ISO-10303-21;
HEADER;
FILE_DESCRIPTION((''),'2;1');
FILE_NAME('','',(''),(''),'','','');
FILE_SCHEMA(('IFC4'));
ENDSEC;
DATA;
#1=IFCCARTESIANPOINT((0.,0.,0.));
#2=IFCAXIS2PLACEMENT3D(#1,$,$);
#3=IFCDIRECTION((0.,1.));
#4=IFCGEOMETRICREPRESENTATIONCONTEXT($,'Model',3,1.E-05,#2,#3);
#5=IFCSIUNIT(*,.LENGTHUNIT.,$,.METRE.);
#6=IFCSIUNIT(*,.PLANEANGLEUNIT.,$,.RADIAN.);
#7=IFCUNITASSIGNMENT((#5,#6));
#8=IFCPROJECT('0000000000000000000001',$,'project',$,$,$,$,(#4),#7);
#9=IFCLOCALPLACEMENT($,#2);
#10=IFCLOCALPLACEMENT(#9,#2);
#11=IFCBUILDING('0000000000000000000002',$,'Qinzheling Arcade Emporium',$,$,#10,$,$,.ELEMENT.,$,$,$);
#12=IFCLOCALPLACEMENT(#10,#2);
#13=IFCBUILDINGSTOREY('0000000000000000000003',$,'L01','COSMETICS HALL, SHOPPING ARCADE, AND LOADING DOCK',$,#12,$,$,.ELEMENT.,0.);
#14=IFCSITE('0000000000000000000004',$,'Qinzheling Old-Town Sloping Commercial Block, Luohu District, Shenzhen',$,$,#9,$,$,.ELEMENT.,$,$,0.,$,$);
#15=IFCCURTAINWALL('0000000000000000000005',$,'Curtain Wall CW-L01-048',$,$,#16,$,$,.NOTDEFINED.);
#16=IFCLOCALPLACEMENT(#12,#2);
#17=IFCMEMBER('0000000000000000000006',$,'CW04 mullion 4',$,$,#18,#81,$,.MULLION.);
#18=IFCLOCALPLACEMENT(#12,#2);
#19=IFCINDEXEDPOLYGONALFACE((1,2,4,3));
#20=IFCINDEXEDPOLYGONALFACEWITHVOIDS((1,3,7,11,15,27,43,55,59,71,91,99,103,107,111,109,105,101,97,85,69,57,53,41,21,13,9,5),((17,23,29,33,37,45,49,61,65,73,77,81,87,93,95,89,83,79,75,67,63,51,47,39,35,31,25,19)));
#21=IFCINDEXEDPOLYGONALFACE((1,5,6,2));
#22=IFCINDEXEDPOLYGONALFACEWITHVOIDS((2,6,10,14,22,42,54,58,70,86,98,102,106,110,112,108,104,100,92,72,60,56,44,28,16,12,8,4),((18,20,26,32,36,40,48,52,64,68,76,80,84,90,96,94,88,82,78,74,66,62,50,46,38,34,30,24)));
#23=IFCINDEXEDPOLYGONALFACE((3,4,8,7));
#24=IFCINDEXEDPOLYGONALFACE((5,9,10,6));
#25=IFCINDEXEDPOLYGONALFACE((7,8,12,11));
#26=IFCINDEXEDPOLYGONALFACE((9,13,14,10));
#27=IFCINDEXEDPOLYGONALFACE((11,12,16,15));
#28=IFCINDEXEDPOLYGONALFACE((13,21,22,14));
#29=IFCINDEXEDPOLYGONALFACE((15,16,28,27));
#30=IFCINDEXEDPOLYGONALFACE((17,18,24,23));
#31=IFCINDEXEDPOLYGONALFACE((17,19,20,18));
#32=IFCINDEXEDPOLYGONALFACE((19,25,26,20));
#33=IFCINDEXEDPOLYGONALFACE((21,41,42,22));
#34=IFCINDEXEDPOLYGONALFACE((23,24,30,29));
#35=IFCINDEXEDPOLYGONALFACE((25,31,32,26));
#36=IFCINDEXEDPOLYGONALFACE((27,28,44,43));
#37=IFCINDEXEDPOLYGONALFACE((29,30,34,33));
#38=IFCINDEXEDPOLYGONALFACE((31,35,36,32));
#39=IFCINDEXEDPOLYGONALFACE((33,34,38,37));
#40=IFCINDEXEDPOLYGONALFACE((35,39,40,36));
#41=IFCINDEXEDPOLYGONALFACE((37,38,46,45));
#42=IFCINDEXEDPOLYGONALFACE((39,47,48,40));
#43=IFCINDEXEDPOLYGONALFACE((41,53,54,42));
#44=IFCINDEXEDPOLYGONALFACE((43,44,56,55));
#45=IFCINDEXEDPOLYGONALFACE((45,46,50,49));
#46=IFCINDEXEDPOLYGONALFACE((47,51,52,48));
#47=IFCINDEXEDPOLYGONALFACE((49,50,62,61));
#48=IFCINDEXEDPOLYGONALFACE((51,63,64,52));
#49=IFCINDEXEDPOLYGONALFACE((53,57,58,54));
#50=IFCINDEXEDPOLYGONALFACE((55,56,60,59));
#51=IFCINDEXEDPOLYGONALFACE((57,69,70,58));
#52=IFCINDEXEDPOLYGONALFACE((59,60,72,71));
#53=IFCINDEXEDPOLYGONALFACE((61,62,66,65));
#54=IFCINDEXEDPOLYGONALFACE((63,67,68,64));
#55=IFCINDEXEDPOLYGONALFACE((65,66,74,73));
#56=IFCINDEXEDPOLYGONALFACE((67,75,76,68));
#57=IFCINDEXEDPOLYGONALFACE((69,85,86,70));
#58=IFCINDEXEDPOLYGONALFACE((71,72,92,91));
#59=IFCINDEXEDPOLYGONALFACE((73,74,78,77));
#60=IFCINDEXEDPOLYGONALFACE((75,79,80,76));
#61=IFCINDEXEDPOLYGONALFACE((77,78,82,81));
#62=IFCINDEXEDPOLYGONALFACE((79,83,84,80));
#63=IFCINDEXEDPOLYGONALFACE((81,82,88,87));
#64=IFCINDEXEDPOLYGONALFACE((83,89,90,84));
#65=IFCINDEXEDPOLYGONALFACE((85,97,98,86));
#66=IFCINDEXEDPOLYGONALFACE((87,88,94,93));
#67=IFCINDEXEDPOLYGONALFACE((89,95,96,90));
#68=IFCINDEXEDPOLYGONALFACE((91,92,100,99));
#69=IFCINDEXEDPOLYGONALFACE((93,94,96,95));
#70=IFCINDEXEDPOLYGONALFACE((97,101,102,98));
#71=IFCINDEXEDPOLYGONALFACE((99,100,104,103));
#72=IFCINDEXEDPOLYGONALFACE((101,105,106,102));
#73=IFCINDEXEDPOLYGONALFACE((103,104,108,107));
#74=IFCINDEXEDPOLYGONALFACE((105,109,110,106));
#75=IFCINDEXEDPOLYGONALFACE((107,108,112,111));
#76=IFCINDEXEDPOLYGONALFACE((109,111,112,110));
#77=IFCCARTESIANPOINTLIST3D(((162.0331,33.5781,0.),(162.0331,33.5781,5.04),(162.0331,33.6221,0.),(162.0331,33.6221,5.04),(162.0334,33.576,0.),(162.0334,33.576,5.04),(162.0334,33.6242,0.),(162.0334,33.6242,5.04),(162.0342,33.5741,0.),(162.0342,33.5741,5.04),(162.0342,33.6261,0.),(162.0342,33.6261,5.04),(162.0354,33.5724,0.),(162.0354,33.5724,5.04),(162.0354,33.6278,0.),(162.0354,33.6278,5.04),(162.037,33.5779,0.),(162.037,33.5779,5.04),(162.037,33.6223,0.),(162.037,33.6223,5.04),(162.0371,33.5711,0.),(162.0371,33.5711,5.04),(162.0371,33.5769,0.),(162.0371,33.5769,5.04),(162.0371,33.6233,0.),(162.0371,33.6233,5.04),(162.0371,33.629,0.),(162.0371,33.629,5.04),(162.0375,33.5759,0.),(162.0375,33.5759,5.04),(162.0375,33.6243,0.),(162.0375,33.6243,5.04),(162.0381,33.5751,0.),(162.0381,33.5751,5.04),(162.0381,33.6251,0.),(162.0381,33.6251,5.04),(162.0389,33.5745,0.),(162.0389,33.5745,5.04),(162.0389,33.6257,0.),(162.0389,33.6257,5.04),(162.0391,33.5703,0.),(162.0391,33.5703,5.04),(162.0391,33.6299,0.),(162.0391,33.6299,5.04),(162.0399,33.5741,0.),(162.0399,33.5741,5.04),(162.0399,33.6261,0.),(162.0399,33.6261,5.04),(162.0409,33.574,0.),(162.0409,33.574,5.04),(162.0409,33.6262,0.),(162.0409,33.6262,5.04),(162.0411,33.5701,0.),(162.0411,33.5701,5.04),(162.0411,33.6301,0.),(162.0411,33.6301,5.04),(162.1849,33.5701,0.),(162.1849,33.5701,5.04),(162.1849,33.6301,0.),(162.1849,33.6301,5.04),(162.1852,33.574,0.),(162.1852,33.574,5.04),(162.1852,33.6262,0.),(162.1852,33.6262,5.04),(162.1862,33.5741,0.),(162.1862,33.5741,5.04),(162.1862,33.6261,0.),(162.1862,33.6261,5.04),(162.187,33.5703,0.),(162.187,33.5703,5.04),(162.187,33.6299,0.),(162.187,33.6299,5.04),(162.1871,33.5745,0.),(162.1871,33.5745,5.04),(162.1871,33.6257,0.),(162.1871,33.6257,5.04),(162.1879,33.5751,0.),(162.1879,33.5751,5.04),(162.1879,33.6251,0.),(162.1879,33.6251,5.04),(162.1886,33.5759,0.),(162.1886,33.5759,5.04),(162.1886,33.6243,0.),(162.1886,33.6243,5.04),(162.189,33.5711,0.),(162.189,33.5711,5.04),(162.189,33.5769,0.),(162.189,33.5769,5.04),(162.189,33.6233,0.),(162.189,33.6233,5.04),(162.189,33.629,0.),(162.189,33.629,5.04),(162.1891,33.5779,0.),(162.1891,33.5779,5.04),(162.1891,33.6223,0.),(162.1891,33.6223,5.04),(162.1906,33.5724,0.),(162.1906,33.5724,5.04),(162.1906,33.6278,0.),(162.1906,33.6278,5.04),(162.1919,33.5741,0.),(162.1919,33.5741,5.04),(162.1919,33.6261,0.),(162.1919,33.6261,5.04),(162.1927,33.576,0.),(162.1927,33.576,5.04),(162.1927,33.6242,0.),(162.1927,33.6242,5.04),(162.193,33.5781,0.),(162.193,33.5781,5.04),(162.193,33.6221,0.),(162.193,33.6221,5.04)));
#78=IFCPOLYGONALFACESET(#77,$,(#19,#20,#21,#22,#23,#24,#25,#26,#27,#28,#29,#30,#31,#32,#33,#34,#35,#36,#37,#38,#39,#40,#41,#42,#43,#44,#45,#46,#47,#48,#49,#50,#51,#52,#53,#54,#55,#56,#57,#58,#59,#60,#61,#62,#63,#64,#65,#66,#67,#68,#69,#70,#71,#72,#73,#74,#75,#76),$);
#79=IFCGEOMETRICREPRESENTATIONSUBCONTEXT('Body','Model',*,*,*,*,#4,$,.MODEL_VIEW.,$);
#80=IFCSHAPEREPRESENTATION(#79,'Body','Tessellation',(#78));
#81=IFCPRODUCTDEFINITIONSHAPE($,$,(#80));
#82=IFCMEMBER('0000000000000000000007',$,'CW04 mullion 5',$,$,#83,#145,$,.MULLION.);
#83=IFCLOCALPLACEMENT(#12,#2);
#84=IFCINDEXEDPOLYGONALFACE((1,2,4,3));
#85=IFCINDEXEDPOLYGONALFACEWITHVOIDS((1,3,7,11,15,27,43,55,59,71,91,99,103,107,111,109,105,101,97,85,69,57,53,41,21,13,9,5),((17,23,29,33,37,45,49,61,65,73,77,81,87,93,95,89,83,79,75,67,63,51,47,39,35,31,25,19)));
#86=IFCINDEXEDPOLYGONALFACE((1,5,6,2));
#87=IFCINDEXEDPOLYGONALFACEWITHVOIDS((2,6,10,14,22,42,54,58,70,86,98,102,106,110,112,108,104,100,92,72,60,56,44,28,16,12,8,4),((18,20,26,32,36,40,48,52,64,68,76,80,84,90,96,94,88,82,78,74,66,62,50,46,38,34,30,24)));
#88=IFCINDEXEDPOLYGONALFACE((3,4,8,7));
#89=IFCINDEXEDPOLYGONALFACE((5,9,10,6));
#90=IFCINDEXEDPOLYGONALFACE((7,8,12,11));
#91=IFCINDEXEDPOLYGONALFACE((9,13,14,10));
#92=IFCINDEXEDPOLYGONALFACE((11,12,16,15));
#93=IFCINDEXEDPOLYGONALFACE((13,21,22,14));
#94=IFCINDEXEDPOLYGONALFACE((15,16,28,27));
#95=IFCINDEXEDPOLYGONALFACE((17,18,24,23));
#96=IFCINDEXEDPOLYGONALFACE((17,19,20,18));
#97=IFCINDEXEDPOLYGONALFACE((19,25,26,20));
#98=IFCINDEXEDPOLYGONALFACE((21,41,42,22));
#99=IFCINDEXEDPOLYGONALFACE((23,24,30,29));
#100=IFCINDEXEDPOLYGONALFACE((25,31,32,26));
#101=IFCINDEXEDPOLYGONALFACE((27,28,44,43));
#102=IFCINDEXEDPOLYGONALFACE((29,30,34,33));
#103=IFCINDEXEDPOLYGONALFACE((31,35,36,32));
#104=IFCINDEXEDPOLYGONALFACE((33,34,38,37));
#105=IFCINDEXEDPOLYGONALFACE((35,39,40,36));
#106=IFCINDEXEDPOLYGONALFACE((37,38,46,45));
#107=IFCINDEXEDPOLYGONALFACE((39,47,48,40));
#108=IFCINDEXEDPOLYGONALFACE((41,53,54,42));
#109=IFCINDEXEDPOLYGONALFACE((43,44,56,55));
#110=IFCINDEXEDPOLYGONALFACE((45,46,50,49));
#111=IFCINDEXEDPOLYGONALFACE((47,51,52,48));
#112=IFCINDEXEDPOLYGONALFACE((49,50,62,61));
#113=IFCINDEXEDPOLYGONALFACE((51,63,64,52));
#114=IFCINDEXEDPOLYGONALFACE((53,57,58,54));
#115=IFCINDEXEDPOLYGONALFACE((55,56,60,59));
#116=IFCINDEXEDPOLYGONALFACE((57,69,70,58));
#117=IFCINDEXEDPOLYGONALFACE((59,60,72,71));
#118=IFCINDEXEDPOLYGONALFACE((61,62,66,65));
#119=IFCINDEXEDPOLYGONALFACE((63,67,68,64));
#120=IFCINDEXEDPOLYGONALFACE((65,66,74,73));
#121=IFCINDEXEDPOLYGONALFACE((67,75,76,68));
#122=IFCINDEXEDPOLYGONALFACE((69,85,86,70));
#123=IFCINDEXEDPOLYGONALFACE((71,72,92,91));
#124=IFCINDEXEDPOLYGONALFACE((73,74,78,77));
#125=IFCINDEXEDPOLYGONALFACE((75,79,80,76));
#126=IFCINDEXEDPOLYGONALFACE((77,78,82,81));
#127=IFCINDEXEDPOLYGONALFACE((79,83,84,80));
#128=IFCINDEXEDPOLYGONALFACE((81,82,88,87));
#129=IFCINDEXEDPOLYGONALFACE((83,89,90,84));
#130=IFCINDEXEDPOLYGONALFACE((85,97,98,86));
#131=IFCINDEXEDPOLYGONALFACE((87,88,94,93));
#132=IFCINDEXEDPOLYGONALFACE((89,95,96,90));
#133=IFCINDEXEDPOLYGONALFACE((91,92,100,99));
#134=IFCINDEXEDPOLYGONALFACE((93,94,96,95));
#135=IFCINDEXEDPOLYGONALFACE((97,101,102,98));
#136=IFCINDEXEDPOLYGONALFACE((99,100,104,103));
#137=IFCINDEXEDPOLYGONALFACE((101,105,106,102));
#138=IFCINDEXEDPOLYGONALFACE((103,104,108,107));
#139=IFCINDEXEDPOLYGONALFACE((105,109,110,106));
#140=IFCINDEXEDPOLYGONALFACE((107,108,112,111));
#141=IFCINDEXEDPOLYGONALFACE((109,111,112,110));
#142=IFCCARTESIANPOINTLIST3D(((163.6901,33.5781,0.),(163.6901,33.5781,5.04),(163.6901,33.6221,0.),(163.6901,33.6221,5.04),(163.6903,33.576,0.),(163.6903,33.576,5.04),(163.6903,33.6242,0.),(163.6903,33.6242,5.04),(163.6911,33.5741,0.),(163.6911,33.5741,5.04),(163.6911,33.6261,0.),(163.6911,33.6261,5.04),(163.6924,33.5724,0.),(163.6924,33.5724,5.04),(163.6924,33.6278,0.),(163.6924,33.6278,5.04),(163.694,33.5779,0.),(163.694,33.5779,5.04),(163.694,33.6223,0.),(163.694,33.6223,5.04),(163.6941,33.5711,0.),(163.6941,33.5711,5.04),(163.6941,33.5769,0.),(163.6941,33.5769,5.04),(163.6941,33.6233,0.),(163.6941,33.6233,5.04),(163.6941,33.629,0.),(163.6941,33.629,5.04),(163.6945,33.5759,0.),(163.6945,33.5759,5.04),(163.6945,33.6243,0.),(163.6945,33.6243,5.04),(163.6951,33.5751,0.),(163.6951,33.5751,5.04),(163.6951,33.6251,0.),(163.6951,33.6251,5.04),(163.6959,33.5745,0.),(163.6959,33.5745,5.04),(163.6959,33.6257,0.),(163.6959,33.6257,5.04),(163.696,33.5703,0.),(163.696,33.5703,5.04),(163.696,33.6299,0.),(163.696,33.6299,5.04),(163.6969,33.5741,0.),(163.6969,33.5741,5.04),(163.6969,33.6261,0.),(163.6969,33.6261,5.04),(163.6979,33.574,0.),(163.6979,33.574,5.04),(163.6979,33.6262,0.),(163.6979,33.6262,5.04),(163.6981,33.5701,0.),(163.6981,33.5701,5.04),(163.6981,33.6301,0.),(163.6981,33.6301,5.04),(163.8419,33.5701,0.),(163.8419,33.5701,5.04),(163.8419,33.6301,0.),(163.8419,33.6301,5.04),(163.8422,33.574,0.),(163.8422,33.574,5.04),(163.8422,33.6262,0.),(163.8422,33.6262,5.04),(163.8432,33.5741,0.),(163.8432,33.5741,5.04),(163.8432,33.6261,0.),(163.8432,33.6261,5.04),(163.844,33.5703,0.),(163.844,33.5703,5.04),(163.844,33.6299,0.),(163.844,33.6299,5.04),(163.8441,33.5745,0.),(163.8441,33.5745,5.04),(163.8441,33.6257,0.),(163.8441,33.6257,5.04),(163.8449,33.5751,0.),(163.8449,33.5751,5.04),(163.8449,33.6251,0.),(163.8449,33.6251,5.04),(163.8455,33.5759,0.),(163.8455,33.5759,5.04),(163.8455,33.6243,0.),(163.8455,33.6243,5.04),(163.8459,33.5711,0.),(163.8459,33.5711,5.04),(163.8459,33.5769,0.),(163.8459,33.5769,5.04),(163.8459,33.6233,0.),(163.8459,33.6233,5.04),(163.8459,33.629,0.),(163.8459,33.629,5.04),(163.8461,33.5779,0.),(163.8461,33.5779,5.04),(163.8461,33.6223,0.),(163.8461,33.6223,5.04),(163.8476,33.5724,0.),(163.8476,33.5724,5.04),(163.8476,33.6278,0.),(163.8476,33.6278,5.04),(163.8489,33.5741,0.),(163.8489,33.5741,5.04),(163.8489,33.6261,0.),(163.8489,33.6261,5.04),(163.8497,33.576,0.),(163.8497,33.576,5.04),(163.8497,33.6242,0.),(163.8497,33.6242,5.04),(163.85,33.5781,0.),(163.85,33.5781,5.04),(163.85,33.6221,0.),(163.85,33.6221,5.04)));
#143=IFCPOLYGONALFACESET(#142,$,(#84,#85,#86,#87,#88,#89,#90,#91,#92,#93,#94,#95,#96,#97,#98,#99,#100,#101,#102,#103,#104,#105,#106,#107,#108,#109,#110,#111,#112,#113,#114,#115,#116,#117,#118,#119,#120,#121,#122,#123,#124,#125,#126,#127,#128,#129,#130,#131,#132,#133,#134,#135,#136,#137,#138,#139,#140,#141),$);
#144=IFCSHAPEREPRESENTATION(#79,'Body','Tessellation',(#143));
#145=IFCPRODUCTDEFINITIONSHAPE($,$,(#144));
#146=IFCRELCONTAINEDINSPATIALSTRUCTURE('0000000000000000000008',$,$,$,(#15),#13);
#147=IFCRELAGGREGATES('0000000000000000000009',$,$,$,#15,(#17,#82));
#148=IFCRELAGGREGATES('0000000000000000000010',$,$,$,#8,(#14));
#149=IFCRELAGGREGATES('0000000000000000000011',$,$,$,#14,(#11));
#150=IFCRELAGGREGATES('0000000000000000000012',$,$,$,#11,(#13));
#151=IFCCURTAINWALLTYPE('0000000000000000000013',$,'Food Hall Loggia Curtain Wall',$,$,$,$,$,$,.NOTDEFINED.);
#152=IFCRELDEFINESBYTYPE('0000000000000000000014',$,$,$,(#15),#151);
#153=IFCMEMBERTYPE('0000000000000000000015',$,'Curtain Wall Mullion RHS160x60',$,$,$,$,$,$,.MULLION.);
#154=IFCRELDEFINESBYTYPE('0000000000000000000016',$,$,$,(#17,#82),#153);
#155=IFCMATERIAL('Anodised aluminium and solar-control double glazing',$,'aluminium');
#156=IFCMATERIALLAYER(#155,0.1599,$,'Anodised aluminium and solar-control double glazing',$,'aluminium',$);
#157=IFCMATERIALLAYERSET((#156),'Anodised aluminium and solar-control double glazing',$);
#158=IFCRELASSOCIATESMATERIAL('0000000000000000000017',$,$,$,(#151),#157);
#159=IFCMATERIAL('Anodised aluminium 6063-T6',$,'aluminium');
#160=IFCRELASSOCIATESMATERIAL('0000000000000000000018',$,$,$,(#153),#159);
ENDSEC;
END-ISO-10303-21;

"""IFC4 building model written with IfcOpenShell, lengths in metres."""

from ifc_helpers import new_model, si_unit, direction, frame, origin, origin_2d, place, context, subcontext, project, spatial, hollow_rectangle, extrude, material, layer, layer_set, material_profile, profile_set, type_object, element, aggregate, save


model = new_model("IFC4")

# Units and contexts
model_context = context("Model", 3, precision=1e-05, world=origin(), true_north=direction((0.0, 1.0)))
body_context = subcontext(model_context, "Body", "Model", "MODEL_VIEW")
ifc_project = project(units=[si_unit("LENGTHUNIT", "METRE"), si_unit("PLANEANGLEUNIT", "RADIAN")], contexts=[model_context])

# Site, building, storey
site_placement = place(None, origin())
site = spatial("IfcSite", under=ifc_project, at=site_placement, Name="Qinzheling Old-Town Sloping Commercial Block, Luohu District, Shenzhen", CompositionType="ELEMENT", RefElevation=0.0)
building_placement = place(site_placement, origin())
building = spatial("IfcBuilding", under=site, at=building_placement, Name="Qinzheling Arcade Emporium", CompositionType="ELEMENT")
storey_placement = place(building_placement, origin())
storey = spatial("IfcBuildingStorey", under=building, at=storey_placement, Name="L01", Description="COSMETICS HALL, SHOPPING ARCADE, AND LOADING DOCK", CompositionType="ELEMENT", Elevation=0.0)

# Curtain wall, members
ifc_material_1 = material(Name="Anodised aluminium and solar-control double glazing", Category="aluminium")
ifc_layer_1 = layer(ifc_material_1, 0.1599, Name="Anodised aluminium and solar-control double glazing", Category="aluminium")
ifc_layer_set_1 = layer_set([ifc_layer_1], Name="Anodised aluminium and solar-control double glazing")
curtain_wall_type = type_object("IfcCurtainWallType", Name="Food Hall Loggia Curtain Wall", PredefinedType="NOTDEFINED", material=ifc_layer_set_1)
curtain_wall_placement = place(storey_placement, origin())
curtain_wall = element("IfcCurtainWall", 1, at=curtain_wall_placement, inside=storey, type_object=curtain_wall_type, Name="Curtain Wall CW-L01-048", PredefinedType="NOTDEFINED")
ifc_material_2 = material(Name="Anodised aluminium 6063-T6", Category="aluminium")
ifc_material_profile_1 = material_profile(ifc_material_2, hollow_rectangle(XDim=0.0601, YDim=0.1599, WallThickness=0.0039, InnerFilletRadius=0.0039, OuterFilletRadius=0.0081, at=origin_2d()), Name="RHS 160x60x4", Category="aluminium")
ifc_profile_set_1 = profile_set([ifc_material_profile_1], Name="Anodised aluminium 6063-T6")
member_type_1 = type_object("IfcMemberType", Name="Curtain Wall Mullion RHS160x60", PredefinedType="MULLION", material=ifc_profile_set_1)
member_1_placement = place(storey_placement, frame((162.113, 33.6001, 0.0), z_axis=(0.0, 0.0, 1.0), x_axis=(0.0, 1.0, 0.0)))
member_1 = element("IfcMember", 2, at=member_1_placement, type_object=member_type_1, Name="CW04 mullion 4", PredefinedType="MULLION", context=body_context, shape_type="SweptSolid", body=[
    extrude(hollow_rectangle(XDim=0.0601, YDim=0.1599, WallThickness=0.0039, InnerFilletRadius=0.0039, OuterFilletRadius=0.0081, at=origin_2d()), origin(), (0.0, 0.0, 1.0), 5.04),
])
member_2_placement = place(storey_placement, frame((163.77, 33.6001, 0.0), z_axis=(0.0, 0.0, 1.0), x_axis=(0.0, 1.0, 0.0)))
member_2 = element("IfcMember", 3, at=member_2_placement, type_object=member_type_1, Name="CW04 mullion 5", PredefinedType="MULLION", context=body_context, shape_type="SweptSolid", body=[
    extrude(hollow_rectangle(XDim=0.0601, YDim=0.1599, WallThickness=0.0039, InnerFilletRadius=0.0039, OuterFilletRadius=0.0081, at=origin_2d()), origin(), (0.0, 0.0, 1.0), 5.04),
])
aggregate(curtain_wall, [member_1, member_2])

save(model, "model.ifc")
